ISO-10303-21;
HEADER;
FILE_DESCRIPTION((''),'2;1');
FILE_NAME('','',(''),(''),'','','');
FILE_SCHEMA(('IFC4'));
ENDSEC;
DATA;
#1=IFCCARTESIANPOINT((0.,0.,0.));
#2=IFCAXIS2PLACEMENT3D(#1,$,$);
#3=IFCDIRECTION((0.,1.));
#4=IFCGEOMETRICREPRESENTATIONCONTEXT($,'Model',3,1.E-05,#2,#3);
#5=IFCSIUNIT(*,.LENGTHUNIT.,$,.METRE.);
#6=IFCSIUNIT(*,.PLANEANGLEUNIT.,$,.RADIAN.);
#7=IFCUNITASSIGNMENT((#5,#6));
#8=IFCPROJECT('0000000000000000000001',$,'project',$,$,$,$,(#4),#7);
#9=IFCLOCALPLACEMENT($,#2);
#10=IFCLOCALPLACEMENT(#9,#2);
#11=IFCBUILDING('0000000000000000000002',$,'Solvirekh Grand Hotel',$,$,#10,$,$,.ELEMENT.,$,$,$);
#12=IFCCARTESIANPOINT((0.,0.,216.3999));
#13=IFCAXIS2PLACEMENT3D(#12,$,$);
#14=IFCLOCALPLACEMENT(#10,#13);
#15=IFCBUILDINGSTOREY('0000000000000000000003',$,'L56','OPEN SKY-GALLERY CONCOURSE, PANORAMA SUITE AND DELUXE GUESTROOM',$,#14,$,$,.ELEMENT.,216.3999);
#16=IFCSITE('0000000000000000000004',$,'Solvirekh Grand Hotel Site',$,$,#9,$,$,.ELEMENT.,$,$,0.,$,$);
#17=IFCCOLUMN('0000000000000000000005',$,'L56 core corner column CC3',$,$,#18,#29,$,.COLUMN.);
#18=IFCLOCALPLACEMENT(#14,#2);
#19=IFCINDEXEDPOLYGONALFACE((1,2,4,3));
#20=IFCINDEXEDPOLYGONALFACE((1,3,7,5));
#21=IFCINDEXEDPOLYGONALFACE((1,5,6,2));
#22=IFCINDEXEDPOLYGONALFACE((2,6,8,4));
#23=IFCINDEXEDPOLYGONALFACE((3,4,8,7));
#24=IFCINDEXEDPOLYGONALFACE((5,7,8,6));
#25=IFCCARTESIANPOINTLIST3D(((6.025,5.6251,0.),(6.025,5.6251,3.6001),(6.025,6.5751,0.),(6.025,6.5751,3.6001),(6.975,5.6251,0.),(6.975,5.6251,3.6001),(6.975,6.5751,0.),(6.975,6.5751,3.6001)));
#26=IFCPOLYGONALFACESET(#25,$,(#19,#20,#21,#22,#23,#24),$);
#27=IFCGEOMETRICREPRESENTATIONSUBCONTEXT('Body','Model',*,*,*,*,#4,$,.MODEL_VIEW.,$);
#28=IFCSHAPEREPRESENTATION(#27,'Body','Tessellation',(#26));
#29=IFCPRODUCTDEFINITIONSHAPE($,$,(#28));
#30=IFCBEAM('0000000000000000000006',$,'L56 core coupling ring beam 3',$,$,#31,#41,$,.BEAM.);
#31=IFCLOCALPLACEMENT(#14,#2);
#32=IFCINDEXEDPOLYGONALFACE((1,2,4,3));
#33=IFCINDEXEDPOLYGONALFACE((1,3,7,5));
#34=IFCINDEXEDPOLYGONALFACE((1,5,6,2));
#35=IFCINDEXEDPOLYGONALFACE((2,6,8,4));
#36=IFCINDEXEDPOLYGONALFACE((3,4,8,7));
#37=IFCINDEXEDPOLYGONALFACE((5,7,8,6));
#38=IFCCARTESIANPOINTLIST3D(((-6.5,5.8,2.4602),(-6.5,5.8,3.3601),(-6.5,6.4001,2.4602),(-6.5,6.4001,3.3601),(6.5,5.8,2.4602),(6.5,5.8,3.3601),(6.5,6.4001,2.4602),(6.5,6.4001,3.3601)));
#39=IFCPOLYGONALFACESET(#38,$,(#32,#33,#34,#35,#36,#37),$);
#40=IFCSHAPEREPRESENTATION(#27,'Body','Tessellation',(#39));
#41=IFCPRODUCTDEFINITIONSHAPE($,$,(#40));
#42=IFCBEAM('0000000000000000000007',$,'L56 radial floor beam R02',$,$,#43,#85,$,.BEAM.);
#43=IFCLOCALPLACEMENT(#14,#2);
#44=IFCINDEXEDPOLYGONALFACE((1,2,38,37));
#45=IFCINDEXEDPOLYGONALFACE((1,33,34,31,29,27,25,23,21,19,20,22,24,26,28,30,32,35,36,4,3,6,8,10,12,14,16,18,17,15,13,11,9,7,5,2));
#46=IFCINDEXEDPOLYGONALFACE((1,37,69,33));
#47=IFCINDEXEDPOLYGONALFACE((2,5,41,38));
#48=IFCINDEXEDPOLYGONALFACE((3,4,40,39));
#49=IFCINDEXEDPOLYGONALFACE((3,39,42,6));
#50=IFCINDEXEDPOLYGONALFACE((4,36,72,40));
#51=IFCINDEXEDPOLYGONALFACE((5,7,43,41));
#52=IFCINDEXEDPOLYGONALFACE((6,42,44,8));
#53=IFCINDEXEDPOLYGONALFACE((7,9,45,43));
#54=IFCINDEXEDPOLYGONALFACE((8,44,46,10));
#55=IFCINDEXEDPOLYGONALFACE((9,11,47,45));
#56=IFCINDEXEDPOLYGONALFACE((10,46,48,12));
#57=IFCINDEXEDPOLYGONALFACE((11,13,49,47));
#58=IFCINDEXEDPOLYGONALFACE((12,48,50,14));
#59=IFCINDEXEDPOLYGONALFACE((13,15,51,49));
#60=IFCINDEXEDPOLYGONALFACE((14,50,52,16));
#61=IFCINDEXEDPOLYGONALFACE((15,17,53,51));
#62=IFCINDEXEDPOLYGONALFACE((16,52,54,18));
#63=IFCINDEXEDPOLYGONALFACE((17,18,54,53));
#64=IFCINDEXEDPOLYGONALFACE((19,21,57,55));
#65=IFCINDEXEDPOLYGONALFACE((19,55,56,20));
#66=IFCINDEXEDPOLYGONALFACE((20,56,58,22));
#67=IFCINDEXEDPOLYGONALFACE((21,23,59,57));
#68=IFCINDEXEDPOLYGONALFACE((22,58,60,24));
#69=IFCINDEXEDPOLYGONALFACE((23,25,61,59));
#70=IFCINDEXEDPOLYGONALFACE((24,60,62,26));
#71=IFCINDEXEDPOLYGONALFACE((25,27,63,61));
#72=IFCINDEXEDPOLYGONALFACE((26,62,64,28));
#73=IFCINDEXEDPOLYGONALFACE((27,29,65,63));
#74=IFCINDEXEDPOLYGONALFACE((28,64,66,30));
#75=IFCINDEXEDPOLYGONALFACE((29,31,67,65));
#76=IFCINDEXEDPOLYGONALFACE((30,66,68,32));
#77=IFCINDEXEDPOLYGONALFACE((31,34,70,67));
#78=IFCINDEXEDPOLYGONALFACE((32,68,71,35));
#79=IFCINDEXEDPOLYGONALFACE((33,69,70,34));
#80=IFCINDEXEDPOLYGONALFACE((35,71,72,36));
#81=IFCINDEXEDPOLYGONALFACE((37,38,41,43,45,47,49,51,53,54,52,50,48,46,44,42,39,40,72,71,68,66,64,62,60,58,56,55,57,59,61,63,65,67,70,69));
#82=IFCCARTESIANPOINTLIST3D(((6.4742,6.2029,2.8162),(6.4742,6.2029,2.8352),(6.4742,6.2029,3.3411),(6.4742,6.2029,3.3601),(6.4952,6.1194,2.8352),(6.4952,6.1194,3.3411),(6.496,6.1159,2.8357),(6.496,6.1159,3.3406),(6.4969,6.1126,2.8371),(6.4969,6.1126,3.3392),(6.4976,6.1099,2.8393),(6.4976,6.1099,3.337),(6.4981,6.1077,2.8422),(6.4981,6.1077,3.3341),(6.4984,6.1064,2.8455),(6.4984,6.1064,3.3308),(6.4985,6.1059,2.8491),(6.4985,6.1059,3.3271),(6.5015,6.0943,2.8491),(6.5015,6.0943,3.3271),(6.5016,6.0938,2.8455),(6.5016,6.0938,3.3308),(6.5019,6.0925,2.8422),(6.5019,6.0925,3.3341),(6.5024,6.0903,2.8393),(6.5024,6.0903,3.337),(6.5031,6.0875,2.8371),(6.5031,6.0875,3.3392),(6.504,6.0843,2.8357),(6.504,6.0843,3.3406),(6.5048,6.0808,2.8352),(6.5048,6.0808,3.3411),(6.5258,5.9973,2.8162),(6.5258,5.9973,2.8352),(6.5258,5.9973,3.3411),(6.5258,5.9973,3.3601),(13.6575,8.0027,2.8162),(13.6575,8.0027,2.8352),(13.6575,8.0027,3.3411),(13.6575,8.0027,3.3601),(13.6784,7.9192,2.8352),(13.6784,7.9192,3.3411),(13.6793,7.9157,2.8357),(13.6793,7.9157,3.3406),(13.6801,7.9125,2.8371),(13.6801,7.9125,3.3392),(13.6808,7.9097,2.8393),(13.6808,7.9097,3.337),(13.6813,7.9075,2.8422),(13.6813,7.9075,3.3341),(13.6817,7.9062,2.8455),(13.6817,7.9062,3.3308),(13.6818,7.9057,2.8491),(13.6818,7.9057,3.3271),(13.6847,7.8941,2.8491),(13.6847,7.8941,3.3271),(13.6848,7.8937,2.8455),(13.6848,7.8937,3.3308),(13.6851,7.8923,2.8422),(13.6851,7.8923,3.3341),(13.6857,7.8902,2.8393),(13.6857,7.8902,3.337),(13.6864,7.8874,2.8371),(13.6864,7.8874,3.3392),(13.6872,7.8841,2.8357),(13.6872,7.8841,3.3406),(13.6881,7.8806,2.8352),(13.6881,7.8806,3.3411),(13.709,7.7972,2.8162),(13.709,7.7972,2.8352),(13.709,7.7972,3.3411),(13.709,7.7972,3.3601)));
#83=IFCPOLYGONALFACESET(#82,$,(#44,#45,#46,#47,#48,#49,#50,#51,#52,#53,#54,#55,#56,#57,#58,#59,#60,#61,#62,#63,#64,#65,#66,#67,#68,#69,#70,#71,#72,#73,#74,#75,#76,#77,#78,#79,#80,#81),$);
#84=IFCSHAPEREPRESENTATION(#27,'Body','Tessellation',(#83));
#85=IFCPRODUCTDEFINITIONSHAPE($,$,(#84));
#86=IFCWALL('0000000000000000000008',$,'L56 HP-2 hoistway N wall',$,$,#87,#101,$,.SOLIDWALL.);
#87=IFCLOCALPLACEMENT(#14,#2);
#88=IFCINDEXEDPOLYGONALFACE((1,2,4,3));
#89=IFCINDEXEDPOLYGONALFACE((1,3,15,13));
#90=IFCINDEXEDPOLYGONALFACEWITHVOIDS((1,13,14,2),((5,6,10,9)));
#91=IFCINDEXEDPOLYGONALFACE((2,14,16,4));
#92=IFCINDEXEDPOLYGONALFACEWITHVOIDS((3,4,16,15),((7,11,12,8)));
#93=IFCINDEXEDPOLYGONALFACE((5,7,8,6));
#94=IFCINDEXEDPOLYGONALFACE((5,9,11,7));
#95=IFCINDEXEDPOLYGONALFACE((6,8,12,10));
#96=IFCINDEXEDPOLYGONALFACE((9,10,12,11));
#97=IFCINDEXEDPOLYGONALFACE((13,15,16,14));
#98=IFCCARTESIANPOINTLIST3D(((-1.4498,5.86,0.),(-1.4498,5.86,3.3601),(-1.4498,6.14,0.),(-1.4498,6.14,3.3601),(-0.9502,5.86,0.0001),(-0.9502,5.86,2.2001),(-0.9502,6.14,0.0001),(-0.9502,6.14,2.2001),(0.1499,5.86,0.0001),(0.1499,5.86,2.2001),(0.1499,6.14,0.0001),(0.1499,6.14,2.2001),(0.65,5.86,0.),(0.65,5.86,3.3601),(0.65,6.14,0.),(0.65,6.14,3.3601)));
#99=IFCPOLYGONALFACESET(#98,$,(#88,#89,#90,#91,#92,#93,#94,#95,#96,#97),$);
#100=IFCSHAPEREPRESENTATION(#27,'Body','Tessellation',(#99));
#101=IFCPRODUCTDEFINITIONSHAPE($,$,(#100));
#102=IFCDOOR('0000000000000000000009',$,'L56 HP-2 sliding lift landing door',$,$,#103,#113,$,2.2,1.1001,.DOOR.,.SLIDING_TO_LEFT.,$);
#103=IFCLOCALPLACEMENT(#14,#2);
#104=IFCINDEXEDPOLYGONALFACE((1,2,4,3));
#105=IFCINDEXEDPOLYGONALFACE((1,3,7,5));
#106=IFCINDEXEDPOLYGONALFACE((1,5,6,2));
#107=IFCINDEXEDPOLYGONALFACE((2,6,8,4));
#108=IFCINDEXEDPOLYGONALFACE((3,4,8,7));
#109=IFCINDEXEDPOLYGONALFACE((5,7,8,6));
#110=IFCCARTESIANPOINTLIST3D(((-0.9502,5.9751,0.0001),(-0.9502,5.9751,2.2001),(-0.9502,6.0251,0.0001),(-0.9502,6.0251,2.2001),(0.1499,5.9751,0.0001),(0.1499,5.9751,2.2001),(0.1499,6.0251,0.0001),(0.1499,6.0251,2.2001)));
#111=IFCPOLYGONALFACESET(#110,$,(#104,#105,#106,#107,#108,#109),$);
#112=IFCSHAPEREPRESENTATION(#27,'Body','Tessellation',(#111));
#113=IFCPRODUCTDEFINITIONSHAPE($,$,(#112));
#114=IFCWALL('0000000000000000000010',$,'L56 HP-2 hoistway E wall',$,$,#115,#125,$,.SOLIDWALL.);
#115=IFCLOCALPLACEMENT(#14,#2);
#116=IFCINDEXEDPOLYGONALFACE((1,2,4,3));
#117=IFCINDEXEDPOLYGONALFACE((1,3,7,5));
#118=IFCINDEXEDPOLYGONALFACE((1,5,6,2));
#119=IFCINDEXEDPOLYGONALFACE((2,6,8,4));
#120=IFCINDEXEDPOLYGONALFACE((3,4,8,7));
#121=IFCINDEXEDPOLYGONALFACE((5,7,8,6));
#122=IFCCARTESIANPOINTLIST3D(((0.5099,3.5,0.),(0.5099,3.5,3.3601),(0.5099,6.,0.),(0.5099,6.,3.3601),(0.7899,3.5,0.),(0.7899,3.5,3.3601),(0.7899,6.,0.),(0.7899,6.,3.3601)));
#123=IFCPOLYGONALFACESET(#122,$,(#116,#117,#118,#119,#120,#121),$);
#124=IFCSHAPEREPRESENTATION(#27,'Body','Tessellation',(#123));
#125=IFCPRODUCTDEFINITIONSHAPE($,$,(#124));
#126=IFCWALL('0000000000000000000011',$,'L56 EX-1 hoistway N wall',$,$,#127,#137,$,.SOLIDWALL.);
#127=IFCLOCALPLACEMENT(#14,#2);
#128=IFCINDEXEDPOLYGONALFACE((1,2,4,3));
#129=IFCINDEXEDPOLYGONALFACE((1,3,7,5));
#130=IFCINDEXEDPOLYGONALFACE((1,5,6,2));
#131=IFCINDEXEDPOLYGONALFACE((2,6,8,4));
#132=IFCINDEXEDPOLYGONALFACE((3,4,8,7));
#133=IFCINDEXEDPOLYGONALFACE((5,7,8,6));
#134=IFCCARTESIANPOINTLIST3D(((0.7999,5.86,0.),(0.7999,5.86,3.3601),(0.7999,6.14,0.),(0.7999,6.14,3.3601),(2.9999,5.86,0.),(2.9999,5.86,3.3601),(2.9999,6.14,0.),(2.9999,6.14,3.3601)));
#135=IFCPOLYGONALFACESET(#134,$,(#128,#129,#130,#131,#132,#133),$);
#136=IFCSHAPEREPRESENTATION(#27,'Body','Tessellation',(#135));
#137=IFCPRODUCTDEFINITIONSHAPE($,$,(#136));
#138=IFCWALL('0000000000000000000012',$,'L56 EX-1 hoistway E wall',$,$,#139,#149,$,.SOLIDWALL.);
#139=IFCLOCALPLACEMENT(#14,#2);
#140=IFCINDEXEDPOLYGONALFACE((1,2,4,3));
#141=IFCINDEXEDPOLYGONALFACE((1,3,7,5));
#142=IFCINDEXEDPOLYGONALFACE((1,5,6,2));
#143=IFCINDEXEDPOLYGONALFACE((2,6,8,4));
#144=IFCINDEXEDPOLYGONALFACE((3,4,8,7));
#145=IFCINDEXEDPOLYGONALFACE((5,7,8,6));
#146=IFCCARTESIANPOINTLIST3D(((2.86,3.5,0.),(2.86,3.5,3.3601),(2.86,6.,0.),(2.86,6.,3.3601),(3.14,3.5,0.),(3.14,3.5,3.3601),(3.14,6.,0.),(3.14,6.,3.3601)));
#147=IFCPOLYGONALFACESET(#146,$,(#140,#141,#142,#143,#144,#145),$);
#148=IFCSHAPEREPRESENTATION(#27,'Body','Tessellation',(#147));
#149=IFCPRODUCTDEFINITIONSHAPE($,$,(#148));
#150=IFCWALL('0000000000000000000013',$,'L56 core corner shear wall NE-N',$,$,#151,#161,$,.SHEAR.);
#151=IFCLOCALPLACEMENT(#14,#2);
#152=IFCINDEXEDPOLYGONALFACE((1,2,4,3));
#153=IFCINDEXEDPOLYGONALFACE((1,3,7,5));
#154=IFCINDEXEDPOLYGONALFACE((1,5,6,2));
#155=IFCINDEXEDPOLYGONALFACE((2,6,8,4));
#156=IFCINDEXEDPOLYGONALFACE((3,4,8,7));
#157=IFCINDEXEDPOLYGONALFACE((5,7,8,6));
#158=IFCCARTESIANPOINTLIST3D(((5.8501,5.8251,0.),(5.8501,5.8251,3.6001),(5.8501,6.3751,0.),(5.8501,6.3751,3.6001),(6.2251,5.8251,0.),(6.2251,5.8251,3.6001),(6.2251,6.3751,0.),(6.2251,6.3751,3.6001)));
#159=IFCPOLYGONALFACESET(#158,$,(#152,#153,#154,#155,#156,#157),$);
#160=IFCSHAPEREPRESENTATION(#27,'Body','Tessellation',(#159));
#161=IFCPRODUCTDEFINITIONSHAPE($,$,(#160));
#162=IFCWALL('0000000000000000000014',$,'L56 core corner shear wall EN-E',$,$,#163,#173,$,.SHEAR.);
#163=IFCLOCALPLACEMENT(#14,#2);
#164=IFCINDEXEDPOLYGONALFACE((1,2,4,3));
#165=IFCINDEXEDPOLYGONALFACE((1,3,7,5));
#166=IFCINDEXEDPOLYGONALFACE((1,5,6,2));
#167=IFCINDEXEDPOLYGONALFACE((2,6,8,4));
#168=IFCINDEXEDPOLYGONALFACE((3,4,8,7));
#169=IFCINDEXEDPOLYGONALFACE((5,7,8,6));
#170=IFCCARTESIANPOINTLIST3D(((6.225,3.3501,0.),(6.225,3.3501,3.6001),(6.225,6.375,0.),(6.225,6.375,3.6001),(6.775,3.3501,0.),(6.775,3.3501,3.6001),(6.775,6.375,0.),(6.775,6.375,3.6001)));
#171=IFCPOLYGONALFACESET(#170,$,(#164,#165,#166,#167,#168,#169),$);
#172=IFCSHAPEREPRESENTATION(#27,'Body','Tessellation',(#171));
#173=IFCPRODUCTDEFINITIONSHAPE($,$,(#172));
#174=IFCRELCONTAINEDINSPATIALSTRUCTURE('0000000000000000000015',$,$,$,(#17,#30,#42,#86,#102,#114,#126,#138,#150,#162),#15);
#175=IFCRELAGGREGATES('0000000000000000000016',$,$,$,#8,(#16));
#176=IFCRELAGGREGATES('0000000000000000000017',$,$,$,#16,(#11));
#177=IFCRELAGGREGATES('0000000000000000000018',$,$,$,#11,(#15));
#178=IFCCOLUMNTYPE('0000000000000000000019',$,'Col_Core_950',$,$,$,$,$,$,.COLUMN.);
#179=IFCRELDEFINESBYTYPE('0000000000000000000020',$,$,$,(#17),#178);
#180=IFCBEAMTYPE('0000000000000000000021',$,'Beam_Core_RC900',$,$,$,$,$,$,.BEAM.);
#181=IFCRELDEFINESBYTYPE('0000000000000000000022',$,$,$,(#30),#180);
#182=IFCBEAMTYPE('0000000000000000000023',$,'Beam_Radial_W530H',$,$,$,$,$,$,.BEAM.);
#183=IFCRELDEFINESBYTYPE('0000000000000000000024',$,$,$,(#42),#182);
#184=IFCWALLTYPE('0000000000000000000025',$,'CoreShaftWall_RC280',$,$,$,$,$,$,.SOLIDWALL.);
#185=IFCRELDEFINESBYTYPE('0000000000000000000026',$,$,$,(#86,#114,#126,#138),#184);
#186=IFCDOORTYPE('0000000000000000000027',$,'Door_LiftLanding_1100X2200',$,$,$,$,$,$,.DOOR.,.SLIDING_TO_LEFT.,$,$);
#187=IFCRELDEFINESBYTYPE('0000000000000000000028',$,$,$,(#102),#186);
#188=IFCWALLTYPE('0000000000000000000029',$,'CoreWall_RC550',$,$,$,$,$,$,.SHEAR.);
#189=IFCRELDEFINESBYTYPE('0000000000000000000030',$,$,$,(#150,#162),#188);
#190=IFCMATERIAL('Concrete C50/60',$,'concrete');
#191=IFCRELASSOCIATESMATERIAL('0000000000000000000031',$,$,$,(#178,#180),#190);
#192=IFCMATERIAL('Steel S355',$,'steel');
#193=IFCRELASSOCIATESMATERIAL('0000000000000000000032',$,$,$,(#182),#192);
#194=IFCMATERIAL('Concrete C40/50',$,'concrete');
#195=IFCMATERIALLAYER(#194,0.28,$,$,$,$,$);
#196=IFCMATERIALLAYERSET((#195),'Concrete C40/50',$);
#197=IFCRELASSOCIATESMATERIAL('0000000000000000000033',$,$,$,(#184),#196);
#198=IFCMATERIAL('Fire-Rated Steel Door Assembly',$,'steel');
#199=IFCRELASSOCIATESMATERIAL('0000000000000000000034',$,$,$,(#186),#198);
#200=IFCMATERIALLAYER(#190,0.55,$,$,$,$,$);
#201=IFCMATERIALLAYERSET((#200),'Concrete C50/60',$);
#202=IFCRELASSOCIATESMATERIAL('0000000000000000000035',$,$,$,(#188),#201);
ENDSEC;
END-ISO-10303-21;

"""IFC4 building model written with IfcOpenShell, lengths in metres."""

from ifc_helpers import new_model, si_unit, direction, frame, frame_2d, origin, origin_2d, place, context, subcontext, project, spatial, rectangle, i_section, extrude, material, layer, layer_set, material_profile, profile_set, type_object, element, fill, save


model = new_model("IFC4")

# Units and contexts
model_context = context("Model", 3, precision=1e-05, world=origin(), true_north=direction((0.0, 1.0)))
body_context = subcontext(model_context, "Body", "Model", "MODEL_VIEW")
ifc_project = project(units=[si_unit("LENGTHUNIT", "METRE"), si_unit("PLANEANGLEUNIT", "RADIAN")], contexts=[model_context])

# Site, building, storey
site_placement = place(None, origin())
site = spatial("IfcSite", under=ifc_project, at=site_placement, Name="Solvirekh Grand Hotel Site", CompositionType="ELEMENT", RefElevation=0.0)
building_placement = place(site_placement, origin())
building = spatial("IfcBuilding", under=site, at=building_placement, Name="Solvirekh Grand Hotel", CompositionType="ELEMENT")
storey_placement = place(building_placement, frame((0.0, 0.0, 216.3999)))
storey = spatial("IfcBuildingStorey", under=building, at=storey_placement, Name="L56", Description="OPEN SKY-GALLERY CONCOURSE, PANORAMA SUITE AND DELUXE GUESTROOM", CompositionType="ELEMENT", Elevation=216.3999)

# Column
ifc_material_1 = material(Name="Concrete C50/60", Category="concrete")
ifc_material_profile_1 = material_profile(ifc_material_1, rectangle(XDim=0.95, YDim=0.95, at=origin_2d()), Name="RC 950X950")
ifc_profile_set_1 = profile_set([ifc_material_profile_1], Name="Concrete C50/60")
column_type = type_object("IfcColumnType", Name="Col_Core_950", PredefinedType="COLUMN", material=ifc_profile_set_1)
column_placement = place(storey_placement, frame((6.5, 6.1001, 0.0), z_axis=(0.0, 0.0, 1.0), x_axis=(1.0, 0.0, 0.0)))
element("IfcColumn", 1, at=column_placement, inside=storey, type_object=column_type, Name="L56 core corner column CC3", PredefinedType="COLUMN", context=body_context, shape_type="SweptSolid", body=[
    extrude(rectangle(XDim=0.95, YDim=0.95, at=origin_2d()), origin(), (0.0, 0.0, 1.0), 3.6001),
])

# Beams
ifc_material_profile_2 = material_profile(ifc_material_1, rectangle(XDim=0.6001, YDim=0.8999, at=origin_2d()), Name="RC BEAM 600X900")
ifc_profile_set_2 = profile_set([ifc_material_profile_2], Name="Concrete C50/60")
beam_type_1 = type_object("IfcBeamType", Name="Beam_Core_RC900", PredefinedType="BEAM", material=ifc_profile_set_2)
beam_1_placement = place(storey_placement, frame((6.5, 6.1001, 2.9102), z_axis=(-1.0, 0.0, 0.0), x_axis=(0.0, -1.0, 0.0)))
element("IfcBeam", 2, at=beam_1_placement, inside=storey, type_object=beam_type_1, Name="L56 core coupling ring beam 3", PredefinedType="BEAM", context=body_context, shape_type="SweptSolid", body=[
    extrude(rectangle(XDim=0.6001, YDim=0.8999, at=origin_2d()), origin(), (0.0, 0.0, 1.0), 13.0),
])
ifc_material_2 = material(Name="Steel S355", Category="steel")
ifc_material_profile_3 = material_profile(ifc_material_2, i_section(OverallWidth=0.2119, OverallDepth=0.5439, WebThickness=0.012, FlangeThickness=0.019, FilletRadius=0.0139, at=origin_2d()), Name="W530X123")
ifc_profile_set_3 = profile_set([ifc_material_profile_3], Name="Steel S355")
beam_type_2 = type_object("IfcBeamType", Name="Beam_Radial_W530H", PredefinedType="BEAM", material=ifc_profile_set_3)
beam_2_placement = place(storey_placement, frame((6.5, 6.1001, 3.0881), z_axis=(0.970014, 0.243048, 0.0), x_axis=(-0.243048, 0.970014, 0.0)))
element("IfcBeam", 3, at=beam_2_placement, inside=storey, type_object=beam_type_2, Name="L56 radial floor beam R02", PredefinedType="BEAM", context=body_context, shape_type="SweptSolid", body=[
    extrude(i_section(OverallWidth=0.2119, OverallDepth=0.5439, WebThickness=0.012, FlangeThickness=0.019, FilletRadius=0.0139, at=origin_2d()), origin(), (0.0, 0.0, 1.0), 7.4053),
])

# Wall, opening, door
ifc_material_3 = material(Name="Concrete C40/50", Category="concrete")
ifc_layer_1 = layer(ifc_material_3, 0.28)
ifc_layer_set_1 = layer_set([ifc_layer_1], Name="Concrete C40/50")
wall_type_1 = type_object("IfcWallType", Name="CoreShaftWall_RC280", PredefinedType="SOLIDWALL", material=ifc_layer_set_1)
wall_1_placement = place(storey_placement, frame((0.6499, 6.0, 0.0), z_axis=(0.0, 0.0, 1.0), x_axis=(-1.0, 0.0, 0.0)))
wall_1 = element("IfcWall", 4, at=wall_1_placement, inside=storey, type_object=wall_type_1, Name="L56 HP-2 hoistway N wall", PredefinedType="SOLIDWALL", context=body_context, shape_type="SweptSolid", body=[
    extrude(rectangle(XDim=2.0999, YDim=0.28, at=frame_2d((1.0498, 0.0))), origin(), (0.0, 0.0, 1.0), 3.3601),
])
opening_1_placement = place(wall_1_placement, frame((0.5, 0.0, 0.0)))
opening_1 = element("IfcOpeningElement", 5, at=opening_1_placement, cuts=wall_1, PredefinedType="OPENING", context=body_context, shape_type="SweptSolid", body=[
    extrude(rectangle(XDim=1.1001, YDim=2.2, at=frame_2d((0.55, 1.1001))), frame((0.0, 0.1499, 0.0), z_axis=(0.0, -1.0, 0.0), x_axis=(1.0, 0.0, 0.0)), (0.0, 0.0, 1.0), 0.3),
])
ifc_material_4 = material(Name="Fire-Rated Steel Door Assembly", Category="steel")
door_type_1 = type_object("IfcDoorType", Name="Door_LiftLanding_1100X2200", OperationType="SLIDING_TO_LEFT", PredefinedType="DOOR", material=ifc_material_4)
door_1_placement = place(opening_1_placement, origin())
door_1 = element("IfcDoor", 6, at=door_1_placement, inside=storey, type_object=door_type_1, Name="L56 HP-2 sliding lift landing door", OperationType="SLIDING_TO_LEFT", OverallHeight=2.2, OverallWidth=1.1001, PredefinedType="DOOR", context=body_context, shape_type="SweptSolid", body=[
    extrude(rectangle(XDim=1.1001, YDim=2.2, at=frame_2d((0.55, 1.1001))), frame((0.0, 0.0249, 0.0), z_axis=(0.0, -1.0, 0.0), x_axis=(1.0, 0.0, 0.0)), (0.0, 0.0, 1.0), 0.05),
])
fill(opening_1, door_1)

# Walls
wall_2_placement = place(storey_placement, frame((0.6499, 3.5, 0.0), z_axis=(0.0, 0.0, 1.0), x_axis=(0.0, 1.0, 0.0)))
element("IfcWall", 7, at=wall_2_placement, inside=storey, type_object=wall_type_1, Name="L56 HP-2 hoistway E wall", PredefinedType="SOLIDWALL", context=body_context, shape_type="SweptSolid", body=[
    extrude(rectangle(XDim=2.5, YDim=0.28, at=frame_2d((1.25, 0.0))), origin(), (0.0, 0.0, 1.0), 3.3601),
])
wall_3_placement = place(storey_placement, frame((3.0, 6.0, 0.0), z_axis=(0.0, 0.0, 1.0), x_axis=(-1.0, 0.0, 0.0)))
element("IfcWall", 8, at=wall_3_placement, inside=storey, type_object=wall_type_1, Name="L56 EX-1 hoistway N wall", PredefinedType="SOLIDWALL", context=body_context, shape_type="SweptSolid", body=[
    extrude(rectangle(XDim=2.2, YDim=0.28, at=frame_2d((1.1001, 0.0))), origin(), (0.0, 0.0, 1.0), 3.3601),
])
wall_4_placement = place(storey_placement, frame((3.0, 3.5, 0.0), z_axis=(0.0, 0.0, 1.0), x_axis=(0.0, 1.0, 0.0)))
element("IfcWall", 9, at=wall_4_placement, inside=storey, type_object=wall_type_1, Name="L56 EX-1 hoistway E wall", PredefinedType="SOLIDWALL", context=body_context, shape_type="SweptSolid", body=[
    extrude(rectangle(XDim=2.5, YDim=0.28, at=frame_2d((1.25, 0.0))), origin(), (0.0, 0.0, 1.0), 3.3601),
])
ifc_layer_2 = layer(ifc_material_1, 0.55)
ifc_layer_set_2 = layer_set([ifc_layer_2], Name="Concrete C50/60")
wall_type_2 = type_object("IfcWallType", Name="CoreWall_RC550", PredefinedType="SHEAR", material=ifc_layer_set_2)
wall_5_placement = place(storey_placement, frame((5.8501, 6.1001, 0.0), z_axis=(0.0, 0.0, 1.0), x_axis=(1.0, 0.0, 0.0)))
element("IfcWall", 10, at=wall_5_placement, inside=storey, type_object=wall_type_2, Name="L56 core corner shear wall NE-N", PredefinedType="SHEAR", context=body_context, shape_type="SweptSolid", body=[
    extrude(rectangle(XDim=0.375, YDim=0.55, at=frame_2d((0.1875, 0.0))), origin(), (0.0, 0.0, 1.0), 3.6001),
])
wall_6_placement = place(storey_placement, frame((6.5, 3.3501, 0.0), z_axis=(0.0, 0.0, 1.0), x_axis=(0.0, 1.0, 0.0)))
element("IfcWall", 11, at=wall_6_placement, inside=storey, type_object=wall_type_2, Name="L56 core corner shear wall EN-E", PredefinedType="SHEAR", context=body_context, shape_type="SweptSolid", body=[
    extrude(rectangle(XDim=3.0249, YDim=0.55, at=frame_2d((1.5125, 0.0))), origin(), (0.0, 0.0, 1.0), 3.6001),
])

save(model, "model.ifc")
